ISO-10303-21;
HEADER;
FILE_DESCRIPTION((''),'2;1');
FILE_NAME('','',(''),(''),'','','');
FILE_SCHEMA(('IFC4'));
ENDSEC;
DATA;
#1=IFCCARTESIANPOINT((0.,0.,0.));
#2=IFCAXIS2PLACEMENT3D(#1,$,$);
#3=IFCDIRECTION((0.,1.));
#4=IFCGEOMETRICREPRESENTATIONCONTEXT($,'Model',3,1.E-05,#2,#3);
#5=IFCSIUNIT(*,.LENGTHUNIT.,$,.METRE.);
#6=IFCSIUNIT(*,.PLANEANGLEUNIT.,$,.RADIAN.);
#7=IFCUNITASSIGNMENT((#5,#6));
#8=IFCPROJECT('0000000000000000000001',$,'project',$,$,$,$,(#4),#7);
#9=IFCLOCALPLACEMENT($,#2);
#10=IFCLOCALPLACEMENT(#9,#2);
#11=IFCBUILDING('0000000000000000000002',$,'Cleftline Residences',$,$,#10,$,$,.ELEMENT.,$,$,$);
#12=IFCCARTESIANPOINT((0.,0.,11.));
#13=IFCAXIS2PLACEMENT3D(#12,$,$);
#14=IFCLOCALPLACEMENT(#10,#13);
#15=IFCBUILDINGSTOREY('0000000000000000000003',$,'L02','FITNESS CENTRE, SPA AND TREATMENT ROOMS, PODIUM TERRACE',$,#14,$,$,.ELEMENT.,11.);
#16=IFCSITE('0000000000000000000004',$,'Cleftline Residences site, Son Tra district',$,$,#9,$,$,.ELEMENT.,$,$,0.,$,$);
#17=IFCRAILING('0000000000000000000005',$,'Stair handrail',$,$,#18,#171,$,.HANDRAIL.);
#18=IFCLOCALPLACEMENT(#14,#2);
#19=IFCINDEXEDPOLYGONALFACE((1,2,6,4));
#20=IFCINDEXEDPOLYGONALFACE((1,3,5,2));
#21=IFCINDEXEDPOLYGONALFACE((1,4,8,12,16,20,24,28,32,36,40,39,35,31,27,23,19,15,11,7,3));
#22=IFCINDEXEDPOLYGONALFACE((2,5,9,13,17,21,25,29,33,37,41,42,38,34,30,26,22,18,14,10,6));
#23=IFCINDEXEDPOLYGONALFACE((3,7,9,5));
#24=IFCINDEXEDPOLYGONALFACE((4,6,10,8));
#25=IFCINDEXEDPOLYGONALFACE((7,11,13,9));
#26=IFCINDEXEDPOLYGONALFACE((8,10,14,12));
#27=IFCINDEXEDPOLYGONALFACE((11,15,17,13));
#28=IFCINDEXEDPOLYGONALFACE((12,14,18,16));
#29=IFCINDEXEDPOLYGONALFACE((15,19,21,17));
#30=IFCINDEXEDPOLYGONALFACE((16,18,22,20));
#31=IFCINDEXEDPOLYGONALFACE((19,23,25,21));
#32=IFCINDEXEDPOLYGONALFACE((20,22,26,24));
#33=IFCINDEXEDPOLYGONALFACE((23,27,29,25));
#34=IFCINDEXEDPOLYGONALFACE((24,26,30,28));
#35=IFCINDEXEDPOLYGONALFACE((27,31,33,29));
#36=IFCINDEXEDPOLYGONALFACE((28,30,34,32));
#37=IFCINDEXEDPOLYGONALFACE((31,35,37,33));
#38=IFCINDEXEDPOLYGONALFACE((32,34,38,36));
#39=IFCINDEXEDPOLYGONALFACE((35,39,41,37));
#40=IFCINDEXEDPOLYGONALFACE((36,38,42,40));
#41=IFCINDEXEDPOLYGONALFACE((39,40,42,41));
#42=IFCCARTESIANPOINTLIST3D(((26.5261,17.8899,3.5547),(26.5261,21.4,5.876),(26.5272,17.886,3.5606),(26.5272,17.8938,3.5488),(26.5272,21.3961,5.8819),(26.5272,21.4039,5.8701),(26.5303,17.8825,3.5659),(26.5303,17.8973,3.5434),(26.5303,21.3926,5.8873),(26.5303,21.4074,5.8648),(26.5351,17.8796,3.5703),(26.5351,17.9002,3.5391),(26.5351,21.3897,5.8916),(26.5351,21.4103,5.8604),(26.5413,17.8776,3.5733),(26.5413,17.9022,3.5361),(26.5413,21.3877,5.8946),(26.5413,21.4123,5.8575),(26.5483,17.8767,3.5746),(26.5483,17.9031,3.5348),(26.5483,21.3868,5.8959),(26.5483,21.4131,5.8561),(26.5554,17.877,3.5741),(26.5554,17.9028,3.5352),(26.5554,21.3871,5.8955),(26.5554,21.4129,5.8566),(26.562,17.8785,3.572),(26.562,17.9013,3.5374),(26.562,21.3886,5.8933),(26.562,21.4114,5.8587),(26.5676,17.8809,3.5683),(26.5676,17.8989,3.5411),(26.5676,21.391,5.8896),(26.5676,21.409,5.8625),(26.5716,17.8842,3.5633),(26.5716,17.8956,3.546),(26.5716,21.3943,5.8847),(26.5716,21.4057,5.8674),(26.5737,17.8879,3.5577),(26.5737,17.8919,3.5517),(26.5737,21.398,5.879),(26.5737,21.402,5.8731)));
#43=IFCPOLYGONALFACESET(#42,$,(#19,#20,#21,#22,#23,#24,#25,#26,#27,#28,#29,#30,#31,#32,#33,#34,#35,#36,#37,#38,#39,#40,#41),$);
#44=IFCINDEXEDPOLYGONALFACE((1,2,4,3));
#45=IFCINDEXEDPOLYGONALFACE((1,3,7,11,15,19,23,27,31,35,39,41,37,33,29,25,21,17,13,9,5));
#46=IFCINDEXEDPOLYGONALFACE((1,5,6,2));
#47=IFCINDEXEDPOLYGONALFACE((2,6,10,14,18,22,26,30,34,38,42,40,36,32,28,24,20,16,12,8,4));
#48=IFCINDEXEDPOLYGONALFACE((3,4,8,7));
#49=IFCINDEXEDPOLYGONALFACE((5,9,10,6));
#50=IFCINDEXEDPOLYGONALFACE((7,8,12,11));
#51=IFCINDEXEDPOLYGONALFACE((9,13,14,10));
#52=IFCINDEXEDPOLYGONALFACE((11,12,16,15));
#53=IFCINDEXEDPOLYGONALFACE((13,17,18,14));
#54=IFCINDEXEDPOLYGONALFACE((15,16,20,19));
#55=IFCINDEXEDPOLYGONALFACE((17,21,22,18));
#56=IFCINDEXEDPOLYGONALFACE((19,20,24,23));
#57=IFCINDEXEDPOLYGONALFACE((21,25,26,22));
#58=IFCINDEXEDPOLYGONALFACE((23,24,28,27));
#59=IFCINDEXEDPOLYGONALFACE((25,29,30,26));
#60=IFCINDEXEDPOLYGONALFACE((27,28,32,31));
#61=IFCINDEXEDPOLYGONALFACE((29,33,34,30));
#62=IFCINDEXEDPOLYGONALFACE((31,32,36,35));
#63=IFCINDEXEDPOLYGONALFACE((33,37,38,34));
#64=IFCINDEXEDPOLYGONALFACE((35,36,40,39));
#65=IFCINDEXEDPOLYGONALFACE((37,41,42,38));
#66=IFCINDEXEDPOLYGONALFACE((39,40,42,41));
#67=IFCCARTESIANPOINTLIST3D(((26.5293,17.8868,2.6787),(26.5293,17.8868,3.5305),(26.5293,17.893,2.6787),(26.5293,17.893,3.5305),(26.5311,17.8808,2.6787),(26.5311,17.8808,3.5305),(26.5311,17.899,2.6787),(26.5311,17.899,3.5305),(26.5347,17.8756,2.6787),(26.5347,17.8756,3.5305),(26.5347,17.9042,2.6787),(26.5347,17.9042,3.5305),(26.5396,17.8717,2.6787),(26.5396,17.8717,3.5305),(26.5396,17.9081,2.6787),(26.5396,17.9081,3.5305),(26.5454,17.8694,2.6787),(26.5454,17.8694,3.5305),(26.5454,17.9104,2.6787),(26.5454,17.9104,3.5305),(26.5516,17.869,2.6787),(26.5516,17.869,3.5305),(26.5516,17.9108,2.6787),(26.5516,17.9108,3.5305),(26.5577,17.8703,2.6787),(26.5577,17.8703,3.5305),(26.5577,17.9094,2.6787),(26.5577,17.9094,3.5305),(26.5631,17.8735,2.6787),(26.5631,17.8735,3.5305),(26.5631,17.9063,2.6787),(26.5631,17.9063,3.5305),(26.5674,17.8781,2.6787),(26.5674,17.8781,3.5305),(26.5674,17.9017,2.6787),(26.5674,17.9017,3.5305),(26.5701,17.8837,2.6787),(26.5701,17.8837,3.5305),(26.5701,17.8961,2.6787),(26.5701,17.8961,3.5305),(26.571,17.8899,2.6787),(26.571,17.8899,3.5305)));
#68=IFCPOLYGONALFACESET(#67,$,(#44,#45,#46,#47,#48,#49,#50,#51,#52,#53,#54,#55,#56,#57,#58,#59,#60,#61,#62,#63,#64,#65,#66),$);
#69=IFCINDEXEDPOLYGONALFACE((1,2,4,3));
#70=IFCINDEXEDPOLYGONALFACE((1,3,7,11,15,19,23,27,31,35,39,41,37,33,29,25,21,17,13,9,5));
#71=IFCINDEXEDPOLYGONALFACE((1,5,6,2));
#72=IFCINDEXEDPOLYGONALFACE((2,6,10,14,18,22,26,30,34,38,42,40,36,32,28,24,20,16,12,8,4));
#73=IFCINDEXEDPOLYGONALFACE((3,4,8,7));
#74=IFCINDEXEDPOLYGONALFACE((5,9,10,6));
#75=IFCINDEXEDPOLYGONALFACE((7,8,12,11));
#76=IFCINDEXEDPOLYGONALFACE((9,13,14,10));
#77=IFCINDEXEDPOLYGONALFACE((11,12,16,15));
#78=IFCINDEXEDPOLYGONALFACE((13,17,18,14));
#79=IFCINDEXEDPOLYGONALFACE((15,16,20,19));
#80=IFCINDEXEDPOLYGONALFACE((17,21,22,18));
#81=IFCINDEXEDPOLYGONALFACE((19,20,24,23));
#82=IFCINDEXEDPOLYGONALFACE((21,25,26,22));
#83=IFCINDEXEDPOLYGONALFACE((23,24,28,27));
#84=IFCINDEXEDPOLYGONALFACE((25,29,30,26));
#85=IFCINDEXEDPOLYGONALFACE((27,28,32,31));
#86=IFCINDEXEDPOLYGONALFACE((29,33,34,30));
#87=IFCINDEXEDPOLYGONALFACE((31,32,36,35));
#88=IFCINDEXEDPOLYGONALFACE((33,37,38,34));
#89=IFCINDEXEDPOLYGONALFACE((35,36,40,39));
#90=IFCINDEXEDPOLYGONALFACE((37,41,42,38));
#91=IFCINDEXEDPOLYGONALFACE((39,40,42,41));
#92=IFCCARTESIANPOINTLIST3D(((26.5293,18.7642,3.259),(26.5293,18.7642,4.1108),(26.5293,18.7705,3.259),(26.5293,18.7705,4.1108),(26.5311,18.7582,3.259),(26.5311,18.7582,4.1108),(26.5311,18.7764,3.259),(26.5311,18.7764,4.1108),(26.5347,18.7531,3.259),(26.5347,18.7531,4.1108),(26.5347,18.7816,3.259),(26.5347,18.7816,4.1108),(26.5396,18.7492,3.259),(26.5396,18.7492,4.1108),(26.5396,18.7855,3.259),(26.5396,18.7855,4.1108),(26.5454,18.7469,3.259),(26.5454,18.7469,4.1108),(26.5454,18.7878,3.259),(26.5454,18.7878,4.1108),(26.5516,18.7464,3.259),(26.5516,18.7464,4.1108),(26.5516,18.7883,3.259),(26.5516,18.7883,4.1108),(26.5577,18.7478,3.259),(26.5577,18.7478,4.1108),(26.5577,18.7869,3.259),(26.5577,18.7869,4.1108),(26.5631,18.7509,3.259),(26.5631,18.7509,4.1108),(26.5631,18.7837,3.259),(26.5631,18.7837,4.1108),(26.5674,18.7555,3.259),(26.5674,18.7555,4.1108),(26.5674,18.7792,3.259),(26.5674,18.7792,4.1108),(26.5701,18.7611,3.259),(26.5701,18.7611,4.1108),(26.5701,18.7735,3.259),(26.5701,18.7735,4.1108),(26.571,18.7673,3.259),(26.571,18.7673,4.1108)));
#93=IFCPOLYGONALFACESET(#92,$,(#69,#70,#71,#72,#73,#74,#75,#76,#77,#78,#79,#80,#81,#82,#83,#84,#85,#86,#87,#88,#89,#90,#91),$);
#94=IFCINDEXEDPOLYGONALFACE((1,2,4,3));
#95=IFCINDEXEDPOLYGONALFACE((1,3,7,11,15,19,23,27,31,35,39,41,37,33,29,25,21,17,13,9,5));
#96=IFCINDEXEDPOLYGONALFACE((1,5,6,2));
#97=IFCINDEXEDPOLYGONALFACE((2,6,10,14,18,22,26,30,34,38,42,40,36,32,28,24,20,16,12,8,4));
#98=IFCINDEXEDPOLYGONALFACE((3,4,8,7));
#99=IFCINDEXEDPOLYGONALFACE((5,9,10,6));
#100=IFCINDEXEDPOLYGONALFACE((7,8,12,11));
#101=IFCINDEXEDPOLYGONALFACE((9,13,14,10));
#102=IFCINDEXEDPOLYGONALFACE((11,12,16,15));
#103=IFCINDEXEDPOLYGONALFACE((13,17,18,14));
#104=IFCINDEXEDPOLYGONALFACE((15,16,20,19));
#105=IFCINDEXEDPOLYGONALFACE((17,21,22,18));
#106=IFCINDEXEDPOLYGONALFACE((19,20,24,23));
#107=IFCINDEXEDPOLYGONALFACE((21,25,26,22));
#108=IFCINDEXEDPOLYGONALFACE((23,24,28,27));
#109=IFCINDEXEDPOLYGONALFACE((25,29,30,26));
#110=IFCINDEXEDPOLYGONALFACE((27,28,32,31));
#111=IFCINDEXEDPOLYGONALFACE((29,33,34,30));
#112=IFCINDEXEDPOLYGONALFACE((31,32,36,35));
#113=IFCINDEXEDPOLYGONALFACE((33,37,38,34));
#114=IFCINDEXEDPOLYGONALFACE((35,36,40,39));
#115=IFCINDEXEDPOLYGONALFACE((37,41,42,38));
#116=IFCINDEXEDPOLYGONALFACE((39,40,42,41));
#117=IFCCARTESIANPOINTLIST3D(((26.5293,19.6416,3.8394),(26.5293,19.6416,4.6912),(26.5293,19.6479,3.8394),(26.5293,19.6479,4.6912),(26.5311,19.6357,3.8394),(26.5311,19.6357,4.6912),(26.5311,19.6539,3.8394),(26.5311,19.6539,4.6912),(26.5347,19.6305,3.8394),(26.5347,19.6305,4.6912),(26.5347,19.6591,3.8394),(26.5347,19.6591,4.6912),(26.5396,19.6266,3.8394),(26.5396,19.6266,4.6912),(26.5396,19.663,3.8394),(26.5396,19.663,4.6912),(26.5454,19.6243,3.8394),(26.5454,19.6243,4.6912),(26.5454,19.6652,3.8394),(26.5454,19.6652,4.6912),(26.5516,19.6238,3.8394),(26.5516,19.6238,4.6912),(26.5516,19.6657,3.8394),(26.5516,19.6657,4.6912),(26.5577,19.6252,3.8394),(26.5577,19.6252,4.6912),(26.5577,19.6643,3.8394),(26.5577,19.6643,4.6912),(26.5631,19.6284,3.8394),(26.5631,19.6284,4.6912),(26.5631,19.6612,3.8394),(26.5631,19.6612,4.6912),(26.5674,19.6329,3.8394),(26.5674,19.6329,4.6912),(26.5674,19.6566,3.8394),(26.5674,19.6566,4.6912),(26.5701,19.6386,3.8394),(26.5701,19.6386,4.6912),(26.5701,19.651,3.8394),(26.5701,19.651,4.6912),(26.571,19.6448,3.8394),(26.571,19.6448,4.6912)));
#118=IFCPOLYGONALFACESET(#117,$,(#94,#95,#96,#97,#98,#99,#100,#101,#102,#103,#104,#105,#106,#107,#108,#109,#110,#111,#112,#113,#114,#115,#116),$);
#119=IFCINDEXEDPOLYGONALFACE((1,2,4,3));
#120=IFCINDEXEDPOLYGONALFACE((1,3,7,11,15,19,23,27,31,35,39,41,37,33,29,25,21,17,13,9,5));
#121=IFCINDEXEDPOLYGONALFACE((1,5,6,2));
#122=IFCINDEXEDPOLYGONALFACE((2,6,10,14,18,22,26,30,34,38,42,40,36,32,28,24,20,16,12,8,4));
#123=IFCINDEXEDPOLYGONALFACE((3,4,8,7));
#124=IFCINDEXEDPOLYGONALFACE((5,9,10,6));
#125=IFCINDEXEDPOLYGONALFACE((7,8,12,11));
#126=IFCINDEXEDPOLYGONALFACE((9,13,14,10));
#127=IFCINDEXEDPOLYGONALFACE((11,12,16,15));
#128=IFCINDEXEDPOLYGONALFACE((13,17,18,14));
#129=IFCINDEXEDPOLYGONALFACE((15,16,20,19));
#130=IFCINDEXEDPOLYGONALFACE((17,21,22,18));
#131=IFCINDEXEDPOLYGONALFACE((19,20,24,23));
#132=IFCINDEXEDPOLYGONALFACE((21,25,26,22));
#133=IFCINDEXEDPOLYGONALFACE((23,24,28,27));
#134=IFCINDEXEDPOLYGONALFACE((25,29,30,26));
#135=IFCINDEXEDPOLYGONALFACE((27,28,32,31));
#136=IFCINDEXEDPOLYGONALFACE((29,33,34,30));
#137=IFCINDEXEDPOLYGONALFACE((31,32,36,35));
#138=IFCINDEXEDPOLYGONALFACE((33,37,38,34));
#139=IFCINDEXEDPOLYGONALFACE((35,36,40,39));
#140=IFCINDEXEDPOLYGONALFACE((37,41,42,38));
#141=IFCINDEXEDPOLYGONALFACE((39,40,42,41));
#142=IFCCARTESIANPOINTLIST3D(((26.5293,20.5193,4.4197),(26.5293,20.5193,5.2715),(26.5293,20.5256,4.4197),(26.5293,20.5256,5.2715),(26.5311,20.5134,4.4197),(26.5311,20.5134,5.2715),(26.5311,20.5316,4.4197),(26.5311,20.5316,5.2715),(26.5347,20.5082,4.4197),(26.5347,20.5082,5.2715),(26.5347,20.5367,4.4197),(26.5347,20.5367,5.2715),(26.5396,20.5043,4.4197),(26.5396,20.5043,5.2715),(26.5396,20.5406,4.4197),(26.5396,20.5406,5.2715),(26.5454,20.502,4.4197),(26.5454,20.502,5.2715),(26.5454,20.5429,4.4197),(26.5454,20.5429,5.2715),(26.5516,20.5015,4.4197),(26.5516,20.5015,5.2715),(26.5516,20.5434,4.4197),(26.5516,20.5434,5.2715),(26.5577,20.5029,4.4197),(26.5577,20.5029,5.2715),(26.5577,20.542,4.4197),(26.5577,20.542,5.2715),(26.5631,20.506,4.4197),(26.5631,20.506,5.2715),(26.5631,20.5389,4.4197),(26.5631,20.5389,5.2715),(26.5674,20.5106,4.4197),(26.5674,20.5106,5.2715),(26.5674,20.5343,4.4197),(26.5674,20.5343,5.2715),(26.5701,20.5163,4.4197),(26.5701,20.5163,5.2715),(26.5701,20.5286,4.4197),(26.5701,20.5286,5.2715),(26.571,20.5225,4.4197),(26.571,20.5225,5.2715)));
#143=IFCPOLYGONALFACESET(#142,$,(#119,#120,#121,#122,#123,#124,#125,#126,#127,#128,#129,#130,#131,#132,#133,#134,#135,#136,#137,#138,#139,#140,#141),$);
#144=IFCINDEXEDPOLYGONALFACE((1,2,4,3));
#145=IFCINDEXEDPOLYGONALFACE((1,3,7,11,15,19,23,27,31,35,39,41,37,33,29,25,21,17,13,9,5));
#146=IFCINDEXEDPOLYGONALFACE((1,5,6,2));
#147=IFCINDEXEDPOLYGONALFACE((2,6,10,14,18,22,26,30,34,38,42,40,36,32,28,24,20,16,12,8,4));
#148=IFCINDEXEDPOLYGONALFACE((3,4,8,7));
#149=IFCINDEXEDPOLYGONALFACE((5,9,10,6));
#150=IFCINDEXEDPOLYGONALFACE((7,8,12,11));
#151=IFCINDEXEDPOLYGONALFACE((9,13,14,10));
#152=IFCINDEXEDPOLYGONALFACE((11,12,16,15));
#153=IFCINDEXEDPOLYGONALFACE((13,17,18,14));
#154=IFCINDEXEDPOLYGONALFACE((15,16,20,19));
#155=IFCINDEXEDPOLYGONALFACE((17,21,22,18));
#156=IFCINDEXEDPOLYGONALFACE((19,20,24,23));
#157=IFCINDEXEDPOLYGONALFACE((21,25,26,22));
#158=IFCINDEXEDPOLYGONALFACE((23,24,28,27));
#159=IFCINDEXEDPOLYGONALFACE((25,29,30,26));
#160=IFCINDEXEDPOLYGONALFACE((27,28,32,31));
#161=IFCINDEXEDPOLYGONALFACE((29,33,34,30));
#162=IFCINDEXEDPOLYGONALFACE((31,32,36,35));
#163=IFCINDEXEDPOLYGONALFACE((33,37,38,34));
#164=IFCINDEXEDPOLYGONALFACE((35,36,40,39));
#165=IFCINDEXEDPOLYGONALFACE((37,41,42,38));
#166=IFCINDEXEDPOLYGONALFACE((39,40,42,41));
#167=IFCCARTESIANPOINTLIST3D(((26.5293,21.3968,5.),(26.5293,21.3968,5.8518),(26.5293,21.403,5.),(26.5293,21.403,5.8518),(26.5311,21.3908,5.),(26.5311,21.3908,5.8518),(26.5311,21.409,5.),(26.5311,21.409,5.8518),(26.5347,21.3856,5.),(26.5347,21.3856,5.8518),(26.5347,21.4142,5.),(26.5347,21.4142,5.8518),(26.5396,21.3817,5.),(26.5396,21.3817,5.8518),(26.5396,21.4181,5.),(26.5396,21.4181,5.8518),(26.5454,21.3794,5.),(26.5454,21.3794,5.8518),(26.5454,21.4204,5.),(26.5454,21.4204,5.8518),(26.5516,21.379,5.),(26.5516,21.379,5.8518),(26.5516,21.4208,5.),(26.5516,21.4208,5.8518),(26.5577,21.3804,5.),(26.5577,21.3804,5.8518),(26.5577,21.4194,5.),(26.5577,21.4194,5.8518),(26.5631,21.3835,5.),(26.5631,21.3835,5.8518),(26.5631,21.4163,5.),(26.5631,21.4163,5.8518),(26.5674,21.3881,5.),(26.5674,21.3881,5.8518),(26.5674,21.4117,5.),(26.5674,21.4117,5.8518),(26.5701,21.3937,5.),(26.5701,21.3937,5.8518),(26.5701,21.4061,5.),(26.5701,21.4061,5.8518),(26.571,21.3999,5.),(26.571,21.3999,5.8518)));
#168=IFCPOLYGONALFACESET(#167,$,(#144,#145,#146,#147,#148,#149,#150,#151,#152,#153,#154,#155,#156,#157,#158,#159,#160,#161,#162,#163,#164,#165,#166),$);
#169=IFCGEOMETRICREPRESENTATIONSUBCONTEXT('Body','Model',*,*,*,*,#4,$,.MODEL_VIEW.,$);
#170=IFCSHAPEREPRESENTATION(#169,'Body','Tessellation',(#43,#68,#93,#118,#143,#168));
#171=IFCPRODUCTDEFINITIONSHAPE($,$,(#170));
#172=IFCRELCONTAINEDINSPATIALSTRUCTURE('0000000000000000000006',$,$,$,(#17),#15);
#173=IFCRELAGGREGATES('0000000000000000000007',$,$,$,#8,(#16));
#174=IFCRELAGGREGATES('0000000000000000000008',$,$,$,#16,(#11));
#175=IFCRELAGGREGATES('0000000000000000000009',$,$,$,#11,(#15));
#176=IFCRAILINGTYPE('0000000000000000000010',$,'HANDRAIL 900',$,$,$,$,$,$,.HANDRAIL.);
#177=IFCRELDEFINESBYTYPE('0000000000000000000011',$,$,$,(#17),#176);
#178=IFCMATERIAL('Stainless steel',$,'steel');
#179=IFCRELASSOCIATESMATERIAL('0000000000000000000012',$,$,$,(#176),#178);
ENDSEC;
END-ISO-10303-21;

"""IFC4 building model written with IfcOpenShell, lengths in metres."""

from ifc_helpers import new_model, si_unit, direction, frame, origin, origin_2d, place, context, subcontext, project, spatial, circle, extrude, material, type_object, element, save


model = new_model("IFC4")

# Units and contexts
model_context = context("Model", 3, precision=1e-05, world=origin(), true_north=direction((0.0, 1.0)))
body_context = subcontext(model_context, "Body", "Model", "MODEL_VIEW")
ifc_project = project(units=[si_unit("LENGTHUNIT", "METRE"), si_unit("PLANEANGLEUNIT", "RADIAN")], contexts=[model_context])

# Site, building, storey
site_placement = place(None, origin())
site = spatial("IfcSite", under=ifc_project, at=site_placement, Name="Cleftline Residences site, Son Tra district", CompositionType="ELEMENT", RefElevation=0.0)
building_placement = place(site_placement, origin())
building = spatial("IfcBuilding", under=site, at=building_placement, Name="Cleftline Residences", CompositionType="ELEMENT")
storey_placement = place(building_placement, frame((0.0, 0.0, 11.0)))
storey = spatial("IfcBuildingStorey", under=building, at=storey_placement, Name="L02", Description="FITNESS CENTRE, SPA AND TREATMENT ROOMS, PODIUM TERRACE", CompositionType="ELEMENT", Elevation=11.0)

# Railing
ifc_material_1 = material(Name="Stainless steel", Category="steel")
railing_type = type_object("IfcRailingType", Name="HANDRAIL 900", PredefinedType="HANDRAIL", material=ifc_material_1)
railing_1_placement = place(storey_placement, frame((26.55, 17.8899, 2.6787)))
element("IfcRailing", 1, at=railing_1_placement, inside=storey, type_object=railing_type, Name="Stair handrail", PredefinedType="HANDRAIL", context=body_context, shape_type="SweptSolid", body=[
    extrude(circle(Radius=0.0239, at=origin_2d()), frame((0.0, 0.0, 0.876), z_axis=(0.0, 0.834097, 0.551617), x_axis=(-1.0, 0.0, 0.0)), (0.0, 0.0, 1.0), 4.2083),
    extrude(circle(Radius=0.021, at=origin_2d()), origin(), (0.0, 0.0, 1.0), 0.8518),
    extrude(circle(Radius=0.021, at=origin_2d()), frame((0.0, 0.8774, 0.5803)), (0.0, 0.0, 1.0), 0.8518),
    extrude(circle(Radius=0.021, at=origin_2d()), frame((0.0, 1.7549, 1.1606)), (0.0, 0.0, 1.0), 0.8518),
    extrude(circle(Radius=0.021, at=origin_2d()), frame((0.0, 2.6326, 1.741)), (0.0, 0.0, 1.0), 0.8518),
    extrude(circle(Radius=0.021, at=origin_2d()), frame((0.0, 3.51, 2.3213)), (0.0, 0.0, 1.0), 0.8518),
])

save(model, "model.ifc")
